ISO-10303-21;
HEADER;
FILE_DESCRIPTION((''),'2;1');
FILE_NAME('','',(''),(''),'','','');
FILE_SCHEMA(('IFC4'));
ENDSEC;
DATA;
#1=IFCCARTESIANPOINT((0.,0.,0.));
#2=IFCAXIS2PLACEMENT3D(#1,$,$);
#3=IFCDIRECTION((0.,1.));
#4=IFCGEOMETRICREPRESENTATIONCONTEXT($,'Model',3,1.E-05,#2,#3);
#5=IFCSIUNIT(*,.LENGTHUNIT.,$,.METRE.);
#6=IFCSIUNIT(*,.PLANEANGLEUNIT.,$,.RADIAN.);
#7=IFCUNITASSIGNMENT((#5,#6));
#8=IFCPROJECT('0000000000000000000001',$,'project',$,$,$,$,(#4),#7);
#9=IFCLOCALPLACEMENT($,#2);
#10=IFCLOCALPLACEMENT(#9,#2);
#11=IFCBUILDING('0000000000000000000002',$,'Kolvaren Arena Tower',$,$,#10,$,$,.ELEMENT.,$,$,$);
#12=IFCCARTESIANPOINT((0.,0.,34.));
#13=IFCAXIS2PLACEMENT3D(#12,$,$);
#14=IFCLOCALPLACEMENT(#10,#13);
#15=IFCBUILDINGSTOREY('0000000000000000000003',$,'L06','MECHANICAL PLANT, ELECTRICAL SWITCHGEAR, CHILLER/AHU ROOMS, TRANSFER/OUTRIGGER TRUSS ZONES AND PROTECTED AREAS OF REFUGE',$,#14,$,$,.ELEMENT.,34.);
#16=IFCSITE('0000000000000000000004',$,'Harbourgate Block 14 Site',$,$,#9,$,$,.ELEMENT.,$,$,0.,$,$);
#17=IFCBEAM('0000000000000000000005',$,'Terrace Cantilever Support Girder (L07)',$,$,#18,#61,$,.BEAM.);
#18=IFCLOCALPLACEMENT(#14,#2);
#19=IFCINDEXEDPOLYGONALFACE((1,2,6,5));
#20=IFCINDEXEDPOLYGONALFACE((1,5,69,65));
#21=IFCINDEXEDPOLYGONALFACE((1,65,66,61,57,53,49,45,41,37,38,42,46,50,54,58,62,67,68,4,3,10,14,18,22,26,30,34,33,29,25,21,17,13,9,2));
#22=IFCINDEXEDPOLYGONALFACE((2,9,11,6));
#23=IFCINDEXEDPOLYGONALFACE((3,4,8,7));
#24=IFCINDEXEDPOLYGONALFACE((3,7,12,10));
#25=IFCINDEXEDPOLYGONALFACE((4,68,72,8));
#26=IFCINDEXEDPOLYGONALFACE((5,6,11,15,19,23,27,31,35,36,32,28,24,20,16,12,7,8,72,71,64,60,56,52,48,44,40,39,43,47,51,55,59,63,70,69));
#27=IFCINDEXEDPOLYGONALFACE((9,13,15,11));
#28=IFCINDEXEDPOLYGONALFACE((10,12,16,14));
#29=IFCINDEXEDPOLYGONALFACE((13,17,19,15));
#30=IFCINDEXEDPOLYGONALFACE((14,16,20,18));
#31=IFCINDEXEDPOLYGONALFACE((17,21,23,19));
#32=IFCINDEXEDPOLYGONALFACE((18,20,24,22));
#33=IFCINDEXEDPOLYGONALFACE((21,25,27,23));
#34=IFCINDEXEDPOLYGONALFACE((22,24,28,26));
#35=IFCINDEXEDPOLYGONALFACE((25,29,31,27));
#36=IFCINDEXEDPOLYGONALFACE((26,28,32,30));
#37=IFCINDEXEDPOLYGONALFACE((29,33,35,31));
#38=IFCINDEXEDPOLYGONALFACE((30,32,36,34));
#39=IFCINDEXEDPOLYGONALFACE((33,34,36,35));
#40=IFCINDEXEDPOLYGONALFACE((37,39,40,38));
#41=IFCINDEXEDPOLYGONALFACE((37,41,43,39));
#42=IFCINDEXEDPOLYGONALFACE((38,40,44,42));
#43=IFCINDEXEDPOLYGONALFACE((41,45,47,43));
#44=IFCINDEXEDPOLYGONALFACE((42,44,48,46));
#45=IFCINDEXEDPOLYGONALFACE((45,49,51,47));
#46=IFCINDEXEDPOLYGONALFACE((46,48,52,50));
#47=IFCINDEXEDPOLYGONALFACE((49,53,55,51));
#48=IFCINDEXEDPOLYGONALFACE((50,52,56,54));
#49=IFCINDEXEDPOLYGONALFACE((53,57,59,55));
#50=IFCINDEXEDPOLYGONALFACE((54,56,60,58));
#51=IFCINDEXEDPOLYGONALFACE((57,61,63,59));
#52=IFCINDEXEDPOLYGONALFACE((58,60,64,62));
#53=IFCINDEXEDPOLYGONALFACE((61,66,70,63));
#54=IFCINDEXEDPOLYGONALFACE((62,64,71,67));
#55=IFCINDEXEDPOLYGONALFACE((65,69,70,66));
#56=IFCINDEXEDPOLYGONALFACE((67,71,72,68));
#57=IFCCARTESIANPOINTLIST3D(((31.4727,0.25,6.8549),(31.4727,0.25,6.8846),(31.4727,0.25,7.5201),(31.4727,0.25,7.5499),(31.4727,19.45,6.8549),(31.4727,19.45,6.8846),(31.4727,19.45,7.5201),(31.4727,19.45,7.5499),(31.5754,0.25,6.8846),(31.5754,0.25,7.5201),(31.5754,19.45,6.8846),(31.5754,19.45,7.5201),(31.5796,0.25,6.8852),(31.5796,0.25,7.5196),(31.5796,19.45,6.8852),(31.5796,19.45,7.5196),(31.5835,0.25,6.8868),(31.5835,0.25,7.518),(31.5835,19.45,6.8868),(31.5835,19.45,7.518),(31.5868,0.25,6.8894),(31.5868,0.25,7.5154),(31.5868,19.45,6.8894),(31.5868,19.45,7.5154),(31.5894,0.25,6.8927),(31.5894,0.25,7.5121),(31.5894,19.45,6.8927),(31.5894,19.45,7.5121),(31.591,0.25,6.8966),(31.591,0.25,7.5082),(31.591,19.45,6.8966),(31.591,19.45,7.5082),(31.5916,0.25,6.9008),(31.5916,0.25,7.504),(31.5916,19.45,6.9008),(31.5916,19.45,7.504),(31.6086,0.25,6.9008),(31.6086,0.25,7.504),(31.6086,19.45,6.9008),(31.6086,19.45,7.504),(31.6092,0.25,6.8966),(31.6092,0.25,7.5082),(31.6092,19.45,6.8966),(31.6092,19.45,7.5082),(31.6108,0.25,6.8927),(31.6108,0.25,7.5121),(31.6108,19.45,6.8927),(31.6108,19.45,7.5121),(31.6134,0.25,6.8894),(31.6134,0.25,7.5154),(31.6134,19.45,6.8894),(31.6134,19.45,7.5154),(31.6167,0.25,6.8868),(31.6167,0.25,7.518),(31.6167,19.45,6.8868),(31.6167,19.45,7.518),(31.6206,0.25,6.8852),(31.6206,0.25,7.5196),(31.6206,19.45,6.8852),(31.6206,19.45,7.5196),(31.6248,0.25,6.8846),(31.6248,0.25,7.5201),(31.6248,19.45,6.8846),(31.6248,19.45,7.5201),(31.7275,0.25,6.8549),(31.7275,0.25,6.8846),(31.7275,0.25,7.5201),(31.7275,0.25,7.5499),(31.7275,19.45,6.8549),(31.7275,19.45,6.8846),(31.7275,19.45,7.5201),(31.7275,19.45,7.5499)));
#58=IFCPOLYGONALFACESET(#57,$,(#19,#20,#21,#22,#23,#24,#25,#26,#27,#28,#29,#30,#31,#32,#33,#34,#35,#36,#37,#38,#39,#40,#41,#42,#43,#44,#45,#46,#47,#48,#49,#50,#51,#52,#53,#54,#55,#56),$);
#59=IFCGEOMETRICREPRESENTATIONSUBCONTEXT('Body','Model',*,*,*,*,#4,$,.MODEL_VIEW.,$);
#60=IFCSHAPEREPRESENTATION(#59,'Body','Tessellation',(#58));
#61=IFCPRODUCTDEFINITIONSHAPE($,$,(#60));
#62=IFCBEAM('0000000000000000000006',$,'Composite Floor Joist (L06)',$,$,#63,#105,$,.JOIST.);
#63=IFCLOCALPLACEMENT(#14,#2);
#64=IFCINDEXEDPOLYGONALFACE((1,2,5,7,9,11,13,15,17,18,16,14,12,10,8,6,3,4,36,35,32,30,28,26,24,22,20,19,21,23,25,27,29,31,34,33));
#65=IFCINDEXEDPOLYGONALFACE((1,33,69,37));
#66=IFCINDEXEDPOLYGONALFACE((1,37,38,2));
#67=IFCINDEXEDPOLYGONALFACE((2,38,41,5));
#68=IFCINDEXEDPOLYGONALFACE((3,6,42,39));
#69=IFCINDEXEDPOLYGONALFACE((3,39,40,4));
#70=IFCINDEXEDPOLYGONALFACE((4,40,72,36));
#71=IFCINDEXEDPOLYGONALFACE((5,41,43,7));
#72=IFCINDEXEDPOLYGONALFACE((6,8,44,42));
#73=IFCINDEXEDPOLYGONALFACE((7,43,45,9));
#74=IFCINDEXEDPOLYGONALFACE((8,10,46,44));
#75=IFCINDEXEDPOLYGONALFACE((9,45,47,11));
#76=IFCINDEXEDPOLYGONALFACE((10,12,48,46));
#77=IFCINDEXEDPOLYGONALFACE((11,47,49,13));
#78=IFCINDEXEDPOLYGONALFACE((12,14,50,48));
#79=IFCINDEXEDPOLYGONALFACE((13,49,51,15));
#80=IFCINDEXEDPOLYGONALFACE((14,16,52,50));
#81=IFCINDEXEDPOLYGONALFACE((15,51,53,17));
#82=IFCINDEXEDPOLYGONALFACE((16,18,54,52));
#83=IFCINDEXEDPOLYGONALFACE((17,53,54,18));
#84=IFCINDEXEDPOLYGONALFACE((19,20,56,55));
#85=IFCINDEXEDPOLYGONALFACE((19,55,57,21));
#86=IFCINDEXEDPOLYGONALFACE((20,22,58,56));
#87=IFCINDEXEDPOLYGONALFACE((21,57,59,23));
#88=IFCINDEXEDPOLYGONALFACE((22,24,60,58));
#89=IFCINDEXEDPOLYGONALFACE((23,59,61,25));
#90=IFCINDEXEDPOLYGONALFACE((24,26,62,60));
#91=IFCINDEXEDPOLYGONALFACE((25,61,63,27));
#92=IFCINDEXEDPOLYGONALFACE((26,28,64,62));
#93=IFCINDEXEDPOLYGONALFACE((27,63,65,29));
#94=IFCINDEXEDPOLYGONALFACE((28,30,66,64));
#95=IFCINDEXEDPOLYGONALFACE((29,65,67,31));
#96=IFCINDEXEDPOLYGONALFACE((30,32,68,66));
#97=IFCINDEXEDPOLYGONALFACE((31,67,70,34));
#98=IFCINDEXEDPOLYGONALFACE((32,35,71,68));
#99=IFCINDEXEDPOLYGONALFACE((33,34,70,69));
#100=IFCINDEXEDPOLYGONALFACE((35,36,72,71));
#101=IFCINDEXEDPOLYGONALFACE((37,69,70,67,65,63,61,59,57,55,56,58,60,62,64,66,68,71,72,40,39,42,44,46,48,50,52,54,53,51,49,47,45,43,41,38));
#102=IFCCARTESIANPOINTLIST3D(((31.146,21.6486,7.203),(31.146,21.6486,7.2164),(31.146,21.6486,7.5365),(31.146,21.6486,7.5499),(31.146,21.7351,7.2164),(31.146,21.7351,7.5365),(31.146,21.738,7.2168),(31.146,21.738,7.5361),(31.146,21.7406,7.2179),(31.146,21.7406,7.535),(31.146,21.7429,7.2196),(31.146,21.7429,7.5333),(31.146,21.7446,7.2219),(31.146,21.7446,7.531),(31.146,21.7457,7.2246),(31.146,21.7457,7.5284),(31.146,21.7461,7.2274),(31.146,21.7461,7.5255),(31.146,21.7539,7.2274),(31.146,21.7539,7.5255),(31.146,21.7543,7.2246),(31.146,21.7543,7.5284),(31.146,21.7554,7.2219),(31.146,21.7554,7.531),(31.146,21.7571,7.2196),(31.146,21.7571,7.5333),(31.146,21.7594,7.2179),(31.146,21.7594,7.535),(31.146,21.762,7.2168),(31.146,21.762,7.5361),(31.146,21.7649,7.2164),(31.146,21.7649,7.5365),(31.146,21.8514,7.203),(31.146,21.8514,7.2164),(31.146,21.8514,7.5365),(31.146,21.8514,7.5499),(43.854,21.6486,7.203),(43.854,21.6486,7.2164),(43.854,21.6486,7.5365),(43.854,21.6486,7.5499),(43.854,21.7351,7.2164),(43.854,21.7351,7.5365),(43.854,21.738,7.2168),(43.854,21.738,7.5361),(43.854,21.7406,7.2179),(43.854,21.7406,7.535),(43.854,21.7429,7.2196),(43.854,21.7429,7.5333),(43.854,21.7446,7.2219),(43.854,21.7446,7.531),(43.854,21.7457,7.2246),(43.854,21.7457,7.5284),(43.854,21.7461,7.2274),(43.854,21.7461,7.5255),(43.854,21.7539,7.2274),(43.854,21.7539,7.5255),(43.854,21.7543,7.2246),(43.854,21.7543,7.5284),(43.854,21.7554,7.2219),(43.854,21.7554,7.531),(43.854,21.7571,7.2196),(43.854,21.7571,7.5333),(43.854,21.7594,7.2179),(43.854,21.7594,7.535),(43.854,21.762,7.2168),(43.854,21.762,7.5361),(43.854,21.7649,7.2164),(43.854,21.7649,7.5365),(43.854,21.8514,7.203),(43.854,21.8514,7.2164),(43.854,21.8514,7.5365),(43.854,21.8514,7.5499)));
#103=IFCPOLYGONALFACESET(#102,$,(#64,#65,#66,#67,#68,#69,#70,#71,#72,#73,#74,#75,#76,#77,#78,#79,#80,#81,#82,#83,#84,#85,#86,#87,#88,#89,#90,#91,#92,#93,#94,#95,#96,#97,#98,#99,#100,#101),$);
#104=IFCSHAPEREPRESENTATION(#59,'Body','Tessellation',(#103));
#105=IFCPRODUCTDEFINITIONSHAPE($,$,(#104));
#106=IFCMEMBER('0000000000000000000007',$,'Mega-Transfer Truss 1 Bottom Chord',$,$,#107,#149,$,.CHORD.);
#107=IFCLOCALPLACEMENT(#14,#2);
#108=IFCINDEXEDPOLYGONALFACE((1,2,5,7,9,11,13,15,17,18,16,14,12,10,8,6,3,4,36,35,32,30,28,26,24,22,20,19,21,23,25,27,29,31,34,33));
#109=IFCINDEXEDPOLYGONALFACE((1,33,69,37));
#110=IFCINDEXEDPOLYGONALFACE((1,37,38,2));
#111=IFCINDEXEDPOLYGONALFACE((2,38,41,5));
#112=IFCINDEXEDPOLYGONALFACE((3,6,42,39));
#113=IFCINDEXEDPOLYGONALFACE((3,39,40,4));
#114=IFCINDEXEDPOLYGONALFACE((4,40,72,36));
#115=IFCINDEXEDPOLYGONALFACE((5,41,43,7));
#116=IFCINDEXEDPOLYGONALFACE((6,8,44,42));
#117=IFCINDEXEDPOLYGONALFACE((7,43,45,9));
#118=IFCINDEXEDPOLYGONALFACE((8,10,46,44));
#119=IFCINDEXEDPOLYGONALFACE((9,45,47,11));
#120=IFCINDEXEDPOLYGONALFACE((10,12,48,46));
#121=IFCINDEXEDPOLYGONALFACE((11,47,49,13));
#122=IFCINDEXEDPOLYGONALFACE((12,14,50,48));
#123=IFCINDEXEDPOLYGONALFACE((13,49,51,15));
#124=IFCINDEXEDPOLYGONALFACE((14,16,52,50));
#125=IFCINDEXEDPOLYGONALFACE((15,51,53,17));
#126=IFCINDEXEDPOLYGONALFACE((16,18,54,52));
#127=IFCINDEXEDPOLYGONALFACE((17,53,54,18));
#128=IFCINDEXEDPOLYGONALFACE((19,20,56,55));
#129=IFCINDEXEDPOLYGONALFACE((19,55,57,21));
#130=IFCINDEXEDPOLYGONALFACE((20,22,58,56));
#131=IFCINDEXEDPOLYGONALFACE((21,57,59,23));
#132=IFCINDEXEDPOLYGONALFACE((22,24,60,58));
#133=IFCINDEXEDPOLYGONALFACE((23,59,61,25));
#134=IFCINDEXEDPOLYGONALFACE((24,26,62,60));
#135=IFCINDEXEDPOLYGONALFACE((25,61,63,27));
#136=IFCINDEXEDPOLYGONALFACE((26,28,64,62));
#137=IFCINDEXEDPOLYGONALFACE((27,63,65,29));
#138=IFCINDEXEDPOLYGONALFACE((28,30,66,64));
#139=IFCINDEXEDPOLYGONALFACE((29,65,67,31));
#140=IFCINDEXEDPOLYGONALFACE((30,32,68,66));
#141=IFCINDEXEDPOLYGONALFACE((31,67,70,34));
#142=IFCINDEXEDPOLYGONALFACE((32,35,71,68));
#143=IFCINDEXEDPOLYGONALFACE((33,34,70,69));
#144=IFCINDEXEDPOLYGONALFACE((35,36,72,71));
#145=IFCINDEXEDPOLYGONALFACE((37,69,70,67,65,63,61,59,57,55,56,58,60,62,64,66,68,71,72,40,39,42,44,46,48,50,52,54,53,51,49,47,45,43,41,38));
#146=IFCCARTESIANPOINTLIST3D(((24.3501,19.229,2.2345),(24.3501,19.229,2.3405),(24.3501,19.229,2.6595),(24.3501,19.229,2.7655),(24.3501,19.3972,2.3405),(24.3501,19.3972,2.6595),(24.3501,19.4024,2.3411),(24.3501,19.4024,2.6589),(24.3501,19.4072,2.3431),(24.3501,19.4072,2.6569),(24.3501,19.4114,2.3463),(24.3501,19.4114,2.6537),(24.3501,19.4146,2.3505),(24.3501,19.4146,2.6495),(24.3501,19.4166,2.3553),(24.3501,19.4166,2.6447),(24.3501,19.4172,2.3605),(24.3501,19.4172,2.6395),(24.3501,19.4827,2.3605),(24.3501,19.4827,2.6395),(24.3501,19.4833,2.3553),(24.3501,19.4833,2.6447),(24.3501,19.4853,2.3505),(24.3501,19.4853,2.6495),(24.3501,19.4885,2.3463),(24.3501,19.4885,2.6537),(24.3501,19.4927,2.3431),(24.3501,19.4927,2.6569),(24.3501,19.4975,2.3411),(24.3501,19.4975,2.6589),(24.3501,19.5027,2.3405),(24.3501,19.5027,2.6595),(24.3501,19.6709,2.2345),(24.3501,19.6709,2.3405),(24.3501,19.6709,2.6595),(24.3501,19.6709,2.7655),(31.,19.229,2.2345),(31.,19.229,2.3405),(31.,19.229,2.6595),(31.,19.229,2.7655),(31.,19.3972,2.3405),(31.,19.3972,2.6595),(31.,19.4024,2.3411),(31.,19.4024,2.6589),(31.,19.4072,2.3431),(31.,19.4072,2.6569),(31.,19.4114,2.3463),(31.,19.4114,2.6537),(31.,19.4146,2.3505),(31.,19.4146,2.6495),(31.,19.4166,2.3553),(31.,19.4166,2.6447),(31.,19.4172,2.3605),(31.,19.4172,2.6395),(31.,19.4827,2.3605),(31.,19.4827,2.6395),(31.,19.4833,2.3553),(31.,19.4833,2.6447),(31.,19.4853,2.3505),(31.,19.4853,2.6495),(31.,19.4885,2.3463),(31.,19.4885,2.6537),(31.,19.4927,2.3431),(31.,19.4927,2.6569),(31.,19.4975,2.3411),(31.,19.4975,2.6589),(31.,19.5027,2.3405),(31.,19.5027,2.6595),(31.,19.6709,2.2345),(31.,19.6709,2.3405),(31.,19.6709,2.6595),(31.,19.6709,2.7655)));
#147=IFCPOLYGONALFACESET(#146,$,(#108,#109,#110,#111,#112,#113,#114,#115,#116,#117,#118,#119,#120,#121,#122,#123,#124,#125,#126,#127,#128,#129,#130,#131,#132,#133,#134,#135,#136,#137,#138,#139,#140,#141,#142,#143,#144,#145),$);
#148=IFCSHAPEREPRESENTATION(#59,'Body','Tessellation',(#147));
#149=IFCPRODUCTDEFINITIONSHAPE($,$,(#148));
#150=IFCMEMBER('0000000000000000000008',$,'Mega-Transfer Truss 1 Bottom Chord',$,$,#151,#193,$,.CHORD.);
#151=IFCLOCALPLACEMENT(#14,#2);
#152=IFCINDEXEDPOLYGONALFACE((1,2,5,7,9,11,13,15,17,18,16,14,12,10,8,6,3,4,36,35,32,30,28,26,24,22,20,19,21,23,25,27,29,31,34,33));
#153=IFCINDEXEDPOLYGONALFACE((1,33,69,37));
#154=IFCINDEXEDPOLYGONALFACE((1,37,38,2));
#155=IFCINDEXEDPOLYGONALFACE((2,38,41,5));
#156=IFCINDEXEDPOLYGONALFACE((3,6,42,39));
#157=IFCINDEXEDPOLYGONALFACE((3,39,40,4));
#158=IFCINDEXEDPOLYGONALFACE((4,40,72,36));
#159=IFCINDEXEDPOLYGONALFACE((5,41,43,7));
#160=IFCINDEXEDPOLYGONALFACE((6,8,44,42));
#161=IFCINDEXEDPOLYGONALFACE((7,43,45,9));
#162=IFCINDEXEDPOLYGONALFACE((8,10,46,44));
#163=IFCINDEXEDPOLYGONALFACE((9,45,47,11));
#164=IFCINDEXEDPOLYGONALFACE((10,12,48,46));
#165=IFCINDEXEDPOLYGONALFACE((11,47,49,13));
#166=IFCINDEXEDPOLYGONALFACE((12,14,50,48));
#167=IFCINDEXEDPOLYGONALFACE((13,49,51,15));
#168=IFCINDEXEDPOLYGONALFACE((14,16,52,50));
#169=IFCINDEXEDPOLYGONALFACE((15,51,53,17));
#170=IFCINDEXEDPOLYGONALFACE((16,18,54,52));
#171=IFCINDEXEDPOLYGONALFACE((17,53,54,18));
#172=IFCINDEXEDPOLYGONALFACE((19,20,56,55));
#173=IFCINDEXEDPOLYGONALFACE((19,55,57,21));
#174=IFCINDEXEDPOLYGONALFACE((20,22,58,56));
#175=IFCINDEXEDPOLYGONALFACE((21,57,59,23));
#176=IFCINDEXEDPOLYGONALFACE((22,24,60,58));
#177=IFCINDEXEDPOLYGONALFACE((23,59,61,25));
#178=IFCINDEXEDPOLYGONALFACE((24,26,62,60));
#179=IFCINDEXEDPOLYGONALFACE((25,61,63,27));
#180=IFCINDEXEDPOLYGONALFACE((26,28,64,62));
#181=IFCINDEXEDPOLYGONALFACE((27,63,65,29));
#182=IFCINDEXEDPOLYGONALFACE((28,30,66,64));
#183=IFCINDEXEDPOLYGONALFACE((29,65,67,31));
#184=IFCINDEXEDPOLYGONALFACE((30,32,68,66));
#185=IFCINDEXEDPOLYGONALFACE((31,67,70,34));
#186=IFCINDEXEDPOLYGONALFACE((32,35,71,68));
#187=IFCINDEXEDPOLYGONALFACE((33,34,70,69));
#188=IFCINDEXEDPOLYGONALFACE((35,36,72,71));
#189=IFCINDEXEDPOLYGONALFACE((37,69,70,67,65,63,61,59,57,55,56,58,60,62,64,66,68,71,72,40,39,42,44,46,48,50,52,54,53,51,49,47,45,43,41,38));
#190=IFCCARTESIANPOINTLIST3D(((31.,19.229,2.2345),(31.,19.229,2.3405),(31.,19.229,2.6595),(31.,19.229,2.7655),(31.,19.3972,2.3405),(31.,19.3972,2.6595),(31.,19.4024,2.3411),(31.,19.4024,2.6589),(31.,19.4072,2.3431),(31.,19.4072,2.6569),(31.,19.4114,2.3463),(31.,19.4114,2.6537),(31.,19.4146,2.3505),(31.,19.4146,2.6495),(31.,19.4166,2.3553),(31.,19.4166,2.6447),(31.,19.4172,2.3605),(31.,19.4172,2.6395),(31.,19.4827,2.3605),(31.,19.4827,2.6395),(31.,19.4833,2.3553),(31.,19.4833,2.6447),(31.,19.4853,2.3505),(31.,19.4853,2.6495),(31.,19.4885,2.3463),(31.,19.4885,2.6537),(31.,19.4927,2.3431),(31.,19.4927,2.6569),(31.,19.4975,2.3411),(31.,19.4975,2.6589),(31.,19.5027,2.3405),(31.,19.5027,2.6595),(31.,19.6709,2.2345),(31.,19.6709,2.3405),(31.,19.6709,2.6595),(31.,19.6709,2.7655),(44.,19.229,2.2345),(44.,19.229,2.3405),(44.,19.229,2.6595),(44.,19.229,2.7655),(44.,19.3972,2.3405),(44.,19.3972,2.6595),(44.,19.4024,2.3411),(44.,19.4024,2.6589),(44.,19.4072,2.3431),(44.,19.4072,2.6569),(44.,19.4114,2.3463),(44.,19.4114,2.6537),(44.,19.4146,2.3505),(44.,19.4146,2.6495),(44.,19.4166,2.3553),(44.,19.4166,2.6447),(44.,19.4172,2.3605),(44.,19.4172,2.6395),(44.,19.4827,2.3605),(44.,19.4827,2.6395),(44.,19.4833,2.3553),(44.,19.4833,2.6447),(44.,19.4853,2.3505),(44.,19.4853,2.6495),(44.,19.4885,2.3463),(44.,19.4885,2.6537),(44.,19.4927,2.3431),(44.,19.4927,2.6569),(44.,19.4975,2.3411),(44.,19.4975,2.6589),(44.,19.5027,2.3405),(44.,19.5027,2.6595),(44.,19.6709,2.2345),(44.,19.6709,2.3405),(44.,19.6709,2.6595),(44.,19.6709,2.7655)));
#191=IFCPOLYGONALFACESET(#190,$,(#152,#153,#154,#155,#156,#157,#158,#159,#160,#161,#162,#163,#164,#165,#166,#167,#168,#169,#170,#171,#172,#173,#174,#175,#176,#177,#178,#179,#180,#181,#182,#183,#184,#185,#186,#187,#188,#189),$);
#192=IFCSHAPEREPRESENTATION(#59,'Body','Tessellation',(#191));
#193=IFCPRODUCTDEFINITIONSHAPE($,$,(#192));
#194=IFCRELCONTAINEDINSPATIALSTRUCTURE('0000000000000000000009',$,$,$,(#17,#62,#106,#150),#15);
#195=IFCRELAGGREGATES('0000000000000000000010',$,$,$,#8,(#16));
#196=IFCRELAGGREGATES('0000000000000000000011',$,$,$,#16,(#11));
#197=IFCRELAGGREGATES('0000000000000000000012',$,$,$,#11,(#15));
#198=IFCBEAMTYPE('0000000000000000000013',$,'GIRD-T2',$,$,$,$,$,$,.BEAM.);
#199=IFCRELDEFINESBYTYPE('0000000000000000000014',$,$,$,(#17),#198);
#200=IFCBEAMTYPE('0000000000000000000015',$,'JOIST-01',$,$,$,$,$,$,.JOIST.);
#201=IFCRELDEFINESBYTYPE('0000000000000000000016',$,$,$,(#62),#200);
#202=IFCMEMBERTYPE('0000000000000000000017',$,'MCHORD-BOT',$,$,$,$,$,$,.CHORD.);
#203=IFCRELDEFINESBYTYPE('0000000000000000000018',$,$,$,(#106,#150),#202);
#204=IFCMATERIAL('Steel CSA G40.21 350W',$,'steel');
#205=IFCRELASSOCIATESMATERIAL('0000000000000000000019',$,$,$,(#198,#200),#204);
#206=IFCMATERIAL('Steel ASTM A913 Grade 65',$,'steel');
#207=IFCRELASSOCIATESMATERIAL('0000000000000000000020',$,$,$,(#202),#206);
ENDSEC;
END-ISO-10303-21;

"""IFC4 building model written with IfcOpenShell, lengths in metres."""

from ifc_helpers import new_model, si_unit, direction, frame, origin, origin_2d, place, context, subcontext, project, spatial, i_section, extrude, material, material_profile, profile_set, type_object, element, save


model = new_model("IFC4")

# Units and contexts
model_context = context("Model", 3, precision=1e-05, world=origin(), true_north=direction((0.0, 1.0)))
body_context = subcontext(model_context, "Body", "Model", "MODEL_VIEW")
ifc_project = project(units=[si_unit("LENGTHUNIT", "METRE"), si_unit("PLANEANGLEUNIT", "RADIAN")], contexts=[model_context])

# Site, building, storey
site_placement = place(None, origin())
site = spatial("IfcSite", under=ifc_project, at=site_placement, Name="Harbourgate Block 14 Site", CompositionType="ELEMENT", RefElevation=0.0)
building_placement = place(site_placement, origin())
building = spatial("IfcBuilding", under=site, at=building_placement, Name="Kolvaren Arena Tower", CompositionType="ELEMENT")
storey_placement = place(building_placement, frame((0.0, 0.0, 34.0)))
storey = spatial("IfcBuildingStorey", under=building, at=storey_placement, Name="L06", Description="MECHANICAL PLANT, ELECTRICAL SWITCHGEAR, CHILLER/AHU ROOMS, TRANSFER/OUTRIGGER TRUSS ZONES AND PROTECTED AREAS OF REFUGE", CompositionType="ELEMENT", Elevation=34.0)

# Shared definitions
ifc_material_1 = material(Name="Steel ASTM A913 Grade 65", Category="steel")

# Beams
ifc_material_2 = material(Name="Steel CSA G40.21 350W", Category="steel")
ifc_material_profile_1 = material_profile(ifc_material_2, i_section(OverallWidth=0.2549, OverallDepth=0.6951, WebThickness=0.0171, FlangeThickness=0.0298, FilletRadius=0.0161, at=origin_2d()), Name="W690x217")
ifc_profile_set_1 = profile_set([ifc_material_profile_1], Name="Steel CSA G40.21 350W")
beam_type_1 = type_object("IfcBeamType", Name="GIRD-T2", PredefinedType="BEAM", material=ifc_profile_set_1)
beam_1_placement = place(storey_placement, frame((31.6001, 19.45, 7.2024), z_axis=(0.0, -1.0, 0.0), x_axis=(1.0, 0.0, 0.0)))
element("IfcBeam", 1, at=beam_1_placement, inside=storey, type_object=beam_type_1, Name="Terrace Cantilever Support Girder (L07)", PredefinedType="BEAM", context=body_context, shape_type="SweptSolid", body=[
    extrude(i_section(OverallWidth=0.2549, OverallDepth=0.6951, WebThickness=0.0171, FlangeThickness=0.0298, FilletRadius=0.0161, at=origin_2d()), origin(), (0.0, 0.0, 1.0), 19.2),
])
ifc_material_profile_2 = material_profile(ifc_material_2, i_section(OverallWidth=0.2029, OverallDepth=0.3469, WebThickness=0.0078, FlangeThickness=0.0134, FilletRadius=0.011, at=origin_2d()), Name="W360x64")
ifc_profile_set_2 = profile_set([ifc_material_profile_2], Name="Steel CSA G40.21 350W")
beam_type_2 = type_object("IfcBeamType", Name="JOIST-01", PredefinedType="JOIST", material=ifc_profile_set_2)
beam_2_placement = place(storey_placement, frame((31.146, 21.75, 7.3765), z_axis=(1.0, 0.0, 0.0), x_axis=(0.0, 1.0, 0.0)))
element("IfcBeam", 2, at=beam_2_placement, inside=storey, type_object=beam_type_2, Name="Composite Floor Joist (L06)", PredefinedType="JOIST", context=body_context, shape_type="SweptSolid", body=[
    extrude(i_section(OverallWidth=0.2029, OverallDepth=0.3469, WebThickness=0.0078, FlangeThickness=0.0134, FilletRadius=0.011, at=origin_2d()), origin(), (0.0, 0.0, 1.0), 12.708),
])

# Members
ifc_material_profile_3 = material_profile(ifc_material_1, i_section(OverallWidth=0.4419, OverallDepth=0.531, WebThickness=0.0654, FlangeThickness=0.106, FilletRadius=0.02, at=origin_2d()), Name="W360x900")
ifc_profile_set_3 = profile_set([ifc_material_profile_3], Name="Steel ASTM A913 Grade 65")
member_type_1 = type_object("IfcMemberType", Name="MCHORD-BOT", PredefinedType="CHORD", material=ifc_profile_set_3)
member_1_placement = place(storey_placement, frame((24.3501, 19.45, 2.5), z_axis=(1.0, 0.0, 0.0), x_axis=(0.0, 1.0, 0.0)))
element("IfcMember", 3, at=member_1_placement, inside=storey, type_object=member_type_1, Name="Mega-Transfer Truss 1 Bottom Chord", PredefinedType="CHORD", context=body_context, shape_type="SweptSolid", body=[
    extrude(i_section(OverallWidth=0.4419, OverallDepth=0.531, WebThickness=0.0654, FlangeThickness=0.106, FilletRadius=0.02, at=origin_2d()), origin(), (0.0, 0.0, 1.0), 6.6499),
])
member_2_placement = place(storey_placement, frame((31.0, 19.45, 2.5), z_axis=(1.0, 0.0, 0.0), x_axis=(0.0, 1.0, 0.0)))
element("IfcMember", 4, at=member_2_placement, inside=storey, type_object=member_type_1, Name="Mega-Transfer Truss 1 Bottom Chord", PredefinedType="CHORD", context=body_context, shape_type="SweptSolid", body=[
    extrude(i_section(OverallWidth=0.4419, OverallDepth=0.531, WebThickness=0.0654, FlangeThickness=0.106, FilletRadius=0.02, at=origin_2d()), origin(), (0.0, 0.0, 1.0), 13.0),
])

save(model, "model.ifc")
